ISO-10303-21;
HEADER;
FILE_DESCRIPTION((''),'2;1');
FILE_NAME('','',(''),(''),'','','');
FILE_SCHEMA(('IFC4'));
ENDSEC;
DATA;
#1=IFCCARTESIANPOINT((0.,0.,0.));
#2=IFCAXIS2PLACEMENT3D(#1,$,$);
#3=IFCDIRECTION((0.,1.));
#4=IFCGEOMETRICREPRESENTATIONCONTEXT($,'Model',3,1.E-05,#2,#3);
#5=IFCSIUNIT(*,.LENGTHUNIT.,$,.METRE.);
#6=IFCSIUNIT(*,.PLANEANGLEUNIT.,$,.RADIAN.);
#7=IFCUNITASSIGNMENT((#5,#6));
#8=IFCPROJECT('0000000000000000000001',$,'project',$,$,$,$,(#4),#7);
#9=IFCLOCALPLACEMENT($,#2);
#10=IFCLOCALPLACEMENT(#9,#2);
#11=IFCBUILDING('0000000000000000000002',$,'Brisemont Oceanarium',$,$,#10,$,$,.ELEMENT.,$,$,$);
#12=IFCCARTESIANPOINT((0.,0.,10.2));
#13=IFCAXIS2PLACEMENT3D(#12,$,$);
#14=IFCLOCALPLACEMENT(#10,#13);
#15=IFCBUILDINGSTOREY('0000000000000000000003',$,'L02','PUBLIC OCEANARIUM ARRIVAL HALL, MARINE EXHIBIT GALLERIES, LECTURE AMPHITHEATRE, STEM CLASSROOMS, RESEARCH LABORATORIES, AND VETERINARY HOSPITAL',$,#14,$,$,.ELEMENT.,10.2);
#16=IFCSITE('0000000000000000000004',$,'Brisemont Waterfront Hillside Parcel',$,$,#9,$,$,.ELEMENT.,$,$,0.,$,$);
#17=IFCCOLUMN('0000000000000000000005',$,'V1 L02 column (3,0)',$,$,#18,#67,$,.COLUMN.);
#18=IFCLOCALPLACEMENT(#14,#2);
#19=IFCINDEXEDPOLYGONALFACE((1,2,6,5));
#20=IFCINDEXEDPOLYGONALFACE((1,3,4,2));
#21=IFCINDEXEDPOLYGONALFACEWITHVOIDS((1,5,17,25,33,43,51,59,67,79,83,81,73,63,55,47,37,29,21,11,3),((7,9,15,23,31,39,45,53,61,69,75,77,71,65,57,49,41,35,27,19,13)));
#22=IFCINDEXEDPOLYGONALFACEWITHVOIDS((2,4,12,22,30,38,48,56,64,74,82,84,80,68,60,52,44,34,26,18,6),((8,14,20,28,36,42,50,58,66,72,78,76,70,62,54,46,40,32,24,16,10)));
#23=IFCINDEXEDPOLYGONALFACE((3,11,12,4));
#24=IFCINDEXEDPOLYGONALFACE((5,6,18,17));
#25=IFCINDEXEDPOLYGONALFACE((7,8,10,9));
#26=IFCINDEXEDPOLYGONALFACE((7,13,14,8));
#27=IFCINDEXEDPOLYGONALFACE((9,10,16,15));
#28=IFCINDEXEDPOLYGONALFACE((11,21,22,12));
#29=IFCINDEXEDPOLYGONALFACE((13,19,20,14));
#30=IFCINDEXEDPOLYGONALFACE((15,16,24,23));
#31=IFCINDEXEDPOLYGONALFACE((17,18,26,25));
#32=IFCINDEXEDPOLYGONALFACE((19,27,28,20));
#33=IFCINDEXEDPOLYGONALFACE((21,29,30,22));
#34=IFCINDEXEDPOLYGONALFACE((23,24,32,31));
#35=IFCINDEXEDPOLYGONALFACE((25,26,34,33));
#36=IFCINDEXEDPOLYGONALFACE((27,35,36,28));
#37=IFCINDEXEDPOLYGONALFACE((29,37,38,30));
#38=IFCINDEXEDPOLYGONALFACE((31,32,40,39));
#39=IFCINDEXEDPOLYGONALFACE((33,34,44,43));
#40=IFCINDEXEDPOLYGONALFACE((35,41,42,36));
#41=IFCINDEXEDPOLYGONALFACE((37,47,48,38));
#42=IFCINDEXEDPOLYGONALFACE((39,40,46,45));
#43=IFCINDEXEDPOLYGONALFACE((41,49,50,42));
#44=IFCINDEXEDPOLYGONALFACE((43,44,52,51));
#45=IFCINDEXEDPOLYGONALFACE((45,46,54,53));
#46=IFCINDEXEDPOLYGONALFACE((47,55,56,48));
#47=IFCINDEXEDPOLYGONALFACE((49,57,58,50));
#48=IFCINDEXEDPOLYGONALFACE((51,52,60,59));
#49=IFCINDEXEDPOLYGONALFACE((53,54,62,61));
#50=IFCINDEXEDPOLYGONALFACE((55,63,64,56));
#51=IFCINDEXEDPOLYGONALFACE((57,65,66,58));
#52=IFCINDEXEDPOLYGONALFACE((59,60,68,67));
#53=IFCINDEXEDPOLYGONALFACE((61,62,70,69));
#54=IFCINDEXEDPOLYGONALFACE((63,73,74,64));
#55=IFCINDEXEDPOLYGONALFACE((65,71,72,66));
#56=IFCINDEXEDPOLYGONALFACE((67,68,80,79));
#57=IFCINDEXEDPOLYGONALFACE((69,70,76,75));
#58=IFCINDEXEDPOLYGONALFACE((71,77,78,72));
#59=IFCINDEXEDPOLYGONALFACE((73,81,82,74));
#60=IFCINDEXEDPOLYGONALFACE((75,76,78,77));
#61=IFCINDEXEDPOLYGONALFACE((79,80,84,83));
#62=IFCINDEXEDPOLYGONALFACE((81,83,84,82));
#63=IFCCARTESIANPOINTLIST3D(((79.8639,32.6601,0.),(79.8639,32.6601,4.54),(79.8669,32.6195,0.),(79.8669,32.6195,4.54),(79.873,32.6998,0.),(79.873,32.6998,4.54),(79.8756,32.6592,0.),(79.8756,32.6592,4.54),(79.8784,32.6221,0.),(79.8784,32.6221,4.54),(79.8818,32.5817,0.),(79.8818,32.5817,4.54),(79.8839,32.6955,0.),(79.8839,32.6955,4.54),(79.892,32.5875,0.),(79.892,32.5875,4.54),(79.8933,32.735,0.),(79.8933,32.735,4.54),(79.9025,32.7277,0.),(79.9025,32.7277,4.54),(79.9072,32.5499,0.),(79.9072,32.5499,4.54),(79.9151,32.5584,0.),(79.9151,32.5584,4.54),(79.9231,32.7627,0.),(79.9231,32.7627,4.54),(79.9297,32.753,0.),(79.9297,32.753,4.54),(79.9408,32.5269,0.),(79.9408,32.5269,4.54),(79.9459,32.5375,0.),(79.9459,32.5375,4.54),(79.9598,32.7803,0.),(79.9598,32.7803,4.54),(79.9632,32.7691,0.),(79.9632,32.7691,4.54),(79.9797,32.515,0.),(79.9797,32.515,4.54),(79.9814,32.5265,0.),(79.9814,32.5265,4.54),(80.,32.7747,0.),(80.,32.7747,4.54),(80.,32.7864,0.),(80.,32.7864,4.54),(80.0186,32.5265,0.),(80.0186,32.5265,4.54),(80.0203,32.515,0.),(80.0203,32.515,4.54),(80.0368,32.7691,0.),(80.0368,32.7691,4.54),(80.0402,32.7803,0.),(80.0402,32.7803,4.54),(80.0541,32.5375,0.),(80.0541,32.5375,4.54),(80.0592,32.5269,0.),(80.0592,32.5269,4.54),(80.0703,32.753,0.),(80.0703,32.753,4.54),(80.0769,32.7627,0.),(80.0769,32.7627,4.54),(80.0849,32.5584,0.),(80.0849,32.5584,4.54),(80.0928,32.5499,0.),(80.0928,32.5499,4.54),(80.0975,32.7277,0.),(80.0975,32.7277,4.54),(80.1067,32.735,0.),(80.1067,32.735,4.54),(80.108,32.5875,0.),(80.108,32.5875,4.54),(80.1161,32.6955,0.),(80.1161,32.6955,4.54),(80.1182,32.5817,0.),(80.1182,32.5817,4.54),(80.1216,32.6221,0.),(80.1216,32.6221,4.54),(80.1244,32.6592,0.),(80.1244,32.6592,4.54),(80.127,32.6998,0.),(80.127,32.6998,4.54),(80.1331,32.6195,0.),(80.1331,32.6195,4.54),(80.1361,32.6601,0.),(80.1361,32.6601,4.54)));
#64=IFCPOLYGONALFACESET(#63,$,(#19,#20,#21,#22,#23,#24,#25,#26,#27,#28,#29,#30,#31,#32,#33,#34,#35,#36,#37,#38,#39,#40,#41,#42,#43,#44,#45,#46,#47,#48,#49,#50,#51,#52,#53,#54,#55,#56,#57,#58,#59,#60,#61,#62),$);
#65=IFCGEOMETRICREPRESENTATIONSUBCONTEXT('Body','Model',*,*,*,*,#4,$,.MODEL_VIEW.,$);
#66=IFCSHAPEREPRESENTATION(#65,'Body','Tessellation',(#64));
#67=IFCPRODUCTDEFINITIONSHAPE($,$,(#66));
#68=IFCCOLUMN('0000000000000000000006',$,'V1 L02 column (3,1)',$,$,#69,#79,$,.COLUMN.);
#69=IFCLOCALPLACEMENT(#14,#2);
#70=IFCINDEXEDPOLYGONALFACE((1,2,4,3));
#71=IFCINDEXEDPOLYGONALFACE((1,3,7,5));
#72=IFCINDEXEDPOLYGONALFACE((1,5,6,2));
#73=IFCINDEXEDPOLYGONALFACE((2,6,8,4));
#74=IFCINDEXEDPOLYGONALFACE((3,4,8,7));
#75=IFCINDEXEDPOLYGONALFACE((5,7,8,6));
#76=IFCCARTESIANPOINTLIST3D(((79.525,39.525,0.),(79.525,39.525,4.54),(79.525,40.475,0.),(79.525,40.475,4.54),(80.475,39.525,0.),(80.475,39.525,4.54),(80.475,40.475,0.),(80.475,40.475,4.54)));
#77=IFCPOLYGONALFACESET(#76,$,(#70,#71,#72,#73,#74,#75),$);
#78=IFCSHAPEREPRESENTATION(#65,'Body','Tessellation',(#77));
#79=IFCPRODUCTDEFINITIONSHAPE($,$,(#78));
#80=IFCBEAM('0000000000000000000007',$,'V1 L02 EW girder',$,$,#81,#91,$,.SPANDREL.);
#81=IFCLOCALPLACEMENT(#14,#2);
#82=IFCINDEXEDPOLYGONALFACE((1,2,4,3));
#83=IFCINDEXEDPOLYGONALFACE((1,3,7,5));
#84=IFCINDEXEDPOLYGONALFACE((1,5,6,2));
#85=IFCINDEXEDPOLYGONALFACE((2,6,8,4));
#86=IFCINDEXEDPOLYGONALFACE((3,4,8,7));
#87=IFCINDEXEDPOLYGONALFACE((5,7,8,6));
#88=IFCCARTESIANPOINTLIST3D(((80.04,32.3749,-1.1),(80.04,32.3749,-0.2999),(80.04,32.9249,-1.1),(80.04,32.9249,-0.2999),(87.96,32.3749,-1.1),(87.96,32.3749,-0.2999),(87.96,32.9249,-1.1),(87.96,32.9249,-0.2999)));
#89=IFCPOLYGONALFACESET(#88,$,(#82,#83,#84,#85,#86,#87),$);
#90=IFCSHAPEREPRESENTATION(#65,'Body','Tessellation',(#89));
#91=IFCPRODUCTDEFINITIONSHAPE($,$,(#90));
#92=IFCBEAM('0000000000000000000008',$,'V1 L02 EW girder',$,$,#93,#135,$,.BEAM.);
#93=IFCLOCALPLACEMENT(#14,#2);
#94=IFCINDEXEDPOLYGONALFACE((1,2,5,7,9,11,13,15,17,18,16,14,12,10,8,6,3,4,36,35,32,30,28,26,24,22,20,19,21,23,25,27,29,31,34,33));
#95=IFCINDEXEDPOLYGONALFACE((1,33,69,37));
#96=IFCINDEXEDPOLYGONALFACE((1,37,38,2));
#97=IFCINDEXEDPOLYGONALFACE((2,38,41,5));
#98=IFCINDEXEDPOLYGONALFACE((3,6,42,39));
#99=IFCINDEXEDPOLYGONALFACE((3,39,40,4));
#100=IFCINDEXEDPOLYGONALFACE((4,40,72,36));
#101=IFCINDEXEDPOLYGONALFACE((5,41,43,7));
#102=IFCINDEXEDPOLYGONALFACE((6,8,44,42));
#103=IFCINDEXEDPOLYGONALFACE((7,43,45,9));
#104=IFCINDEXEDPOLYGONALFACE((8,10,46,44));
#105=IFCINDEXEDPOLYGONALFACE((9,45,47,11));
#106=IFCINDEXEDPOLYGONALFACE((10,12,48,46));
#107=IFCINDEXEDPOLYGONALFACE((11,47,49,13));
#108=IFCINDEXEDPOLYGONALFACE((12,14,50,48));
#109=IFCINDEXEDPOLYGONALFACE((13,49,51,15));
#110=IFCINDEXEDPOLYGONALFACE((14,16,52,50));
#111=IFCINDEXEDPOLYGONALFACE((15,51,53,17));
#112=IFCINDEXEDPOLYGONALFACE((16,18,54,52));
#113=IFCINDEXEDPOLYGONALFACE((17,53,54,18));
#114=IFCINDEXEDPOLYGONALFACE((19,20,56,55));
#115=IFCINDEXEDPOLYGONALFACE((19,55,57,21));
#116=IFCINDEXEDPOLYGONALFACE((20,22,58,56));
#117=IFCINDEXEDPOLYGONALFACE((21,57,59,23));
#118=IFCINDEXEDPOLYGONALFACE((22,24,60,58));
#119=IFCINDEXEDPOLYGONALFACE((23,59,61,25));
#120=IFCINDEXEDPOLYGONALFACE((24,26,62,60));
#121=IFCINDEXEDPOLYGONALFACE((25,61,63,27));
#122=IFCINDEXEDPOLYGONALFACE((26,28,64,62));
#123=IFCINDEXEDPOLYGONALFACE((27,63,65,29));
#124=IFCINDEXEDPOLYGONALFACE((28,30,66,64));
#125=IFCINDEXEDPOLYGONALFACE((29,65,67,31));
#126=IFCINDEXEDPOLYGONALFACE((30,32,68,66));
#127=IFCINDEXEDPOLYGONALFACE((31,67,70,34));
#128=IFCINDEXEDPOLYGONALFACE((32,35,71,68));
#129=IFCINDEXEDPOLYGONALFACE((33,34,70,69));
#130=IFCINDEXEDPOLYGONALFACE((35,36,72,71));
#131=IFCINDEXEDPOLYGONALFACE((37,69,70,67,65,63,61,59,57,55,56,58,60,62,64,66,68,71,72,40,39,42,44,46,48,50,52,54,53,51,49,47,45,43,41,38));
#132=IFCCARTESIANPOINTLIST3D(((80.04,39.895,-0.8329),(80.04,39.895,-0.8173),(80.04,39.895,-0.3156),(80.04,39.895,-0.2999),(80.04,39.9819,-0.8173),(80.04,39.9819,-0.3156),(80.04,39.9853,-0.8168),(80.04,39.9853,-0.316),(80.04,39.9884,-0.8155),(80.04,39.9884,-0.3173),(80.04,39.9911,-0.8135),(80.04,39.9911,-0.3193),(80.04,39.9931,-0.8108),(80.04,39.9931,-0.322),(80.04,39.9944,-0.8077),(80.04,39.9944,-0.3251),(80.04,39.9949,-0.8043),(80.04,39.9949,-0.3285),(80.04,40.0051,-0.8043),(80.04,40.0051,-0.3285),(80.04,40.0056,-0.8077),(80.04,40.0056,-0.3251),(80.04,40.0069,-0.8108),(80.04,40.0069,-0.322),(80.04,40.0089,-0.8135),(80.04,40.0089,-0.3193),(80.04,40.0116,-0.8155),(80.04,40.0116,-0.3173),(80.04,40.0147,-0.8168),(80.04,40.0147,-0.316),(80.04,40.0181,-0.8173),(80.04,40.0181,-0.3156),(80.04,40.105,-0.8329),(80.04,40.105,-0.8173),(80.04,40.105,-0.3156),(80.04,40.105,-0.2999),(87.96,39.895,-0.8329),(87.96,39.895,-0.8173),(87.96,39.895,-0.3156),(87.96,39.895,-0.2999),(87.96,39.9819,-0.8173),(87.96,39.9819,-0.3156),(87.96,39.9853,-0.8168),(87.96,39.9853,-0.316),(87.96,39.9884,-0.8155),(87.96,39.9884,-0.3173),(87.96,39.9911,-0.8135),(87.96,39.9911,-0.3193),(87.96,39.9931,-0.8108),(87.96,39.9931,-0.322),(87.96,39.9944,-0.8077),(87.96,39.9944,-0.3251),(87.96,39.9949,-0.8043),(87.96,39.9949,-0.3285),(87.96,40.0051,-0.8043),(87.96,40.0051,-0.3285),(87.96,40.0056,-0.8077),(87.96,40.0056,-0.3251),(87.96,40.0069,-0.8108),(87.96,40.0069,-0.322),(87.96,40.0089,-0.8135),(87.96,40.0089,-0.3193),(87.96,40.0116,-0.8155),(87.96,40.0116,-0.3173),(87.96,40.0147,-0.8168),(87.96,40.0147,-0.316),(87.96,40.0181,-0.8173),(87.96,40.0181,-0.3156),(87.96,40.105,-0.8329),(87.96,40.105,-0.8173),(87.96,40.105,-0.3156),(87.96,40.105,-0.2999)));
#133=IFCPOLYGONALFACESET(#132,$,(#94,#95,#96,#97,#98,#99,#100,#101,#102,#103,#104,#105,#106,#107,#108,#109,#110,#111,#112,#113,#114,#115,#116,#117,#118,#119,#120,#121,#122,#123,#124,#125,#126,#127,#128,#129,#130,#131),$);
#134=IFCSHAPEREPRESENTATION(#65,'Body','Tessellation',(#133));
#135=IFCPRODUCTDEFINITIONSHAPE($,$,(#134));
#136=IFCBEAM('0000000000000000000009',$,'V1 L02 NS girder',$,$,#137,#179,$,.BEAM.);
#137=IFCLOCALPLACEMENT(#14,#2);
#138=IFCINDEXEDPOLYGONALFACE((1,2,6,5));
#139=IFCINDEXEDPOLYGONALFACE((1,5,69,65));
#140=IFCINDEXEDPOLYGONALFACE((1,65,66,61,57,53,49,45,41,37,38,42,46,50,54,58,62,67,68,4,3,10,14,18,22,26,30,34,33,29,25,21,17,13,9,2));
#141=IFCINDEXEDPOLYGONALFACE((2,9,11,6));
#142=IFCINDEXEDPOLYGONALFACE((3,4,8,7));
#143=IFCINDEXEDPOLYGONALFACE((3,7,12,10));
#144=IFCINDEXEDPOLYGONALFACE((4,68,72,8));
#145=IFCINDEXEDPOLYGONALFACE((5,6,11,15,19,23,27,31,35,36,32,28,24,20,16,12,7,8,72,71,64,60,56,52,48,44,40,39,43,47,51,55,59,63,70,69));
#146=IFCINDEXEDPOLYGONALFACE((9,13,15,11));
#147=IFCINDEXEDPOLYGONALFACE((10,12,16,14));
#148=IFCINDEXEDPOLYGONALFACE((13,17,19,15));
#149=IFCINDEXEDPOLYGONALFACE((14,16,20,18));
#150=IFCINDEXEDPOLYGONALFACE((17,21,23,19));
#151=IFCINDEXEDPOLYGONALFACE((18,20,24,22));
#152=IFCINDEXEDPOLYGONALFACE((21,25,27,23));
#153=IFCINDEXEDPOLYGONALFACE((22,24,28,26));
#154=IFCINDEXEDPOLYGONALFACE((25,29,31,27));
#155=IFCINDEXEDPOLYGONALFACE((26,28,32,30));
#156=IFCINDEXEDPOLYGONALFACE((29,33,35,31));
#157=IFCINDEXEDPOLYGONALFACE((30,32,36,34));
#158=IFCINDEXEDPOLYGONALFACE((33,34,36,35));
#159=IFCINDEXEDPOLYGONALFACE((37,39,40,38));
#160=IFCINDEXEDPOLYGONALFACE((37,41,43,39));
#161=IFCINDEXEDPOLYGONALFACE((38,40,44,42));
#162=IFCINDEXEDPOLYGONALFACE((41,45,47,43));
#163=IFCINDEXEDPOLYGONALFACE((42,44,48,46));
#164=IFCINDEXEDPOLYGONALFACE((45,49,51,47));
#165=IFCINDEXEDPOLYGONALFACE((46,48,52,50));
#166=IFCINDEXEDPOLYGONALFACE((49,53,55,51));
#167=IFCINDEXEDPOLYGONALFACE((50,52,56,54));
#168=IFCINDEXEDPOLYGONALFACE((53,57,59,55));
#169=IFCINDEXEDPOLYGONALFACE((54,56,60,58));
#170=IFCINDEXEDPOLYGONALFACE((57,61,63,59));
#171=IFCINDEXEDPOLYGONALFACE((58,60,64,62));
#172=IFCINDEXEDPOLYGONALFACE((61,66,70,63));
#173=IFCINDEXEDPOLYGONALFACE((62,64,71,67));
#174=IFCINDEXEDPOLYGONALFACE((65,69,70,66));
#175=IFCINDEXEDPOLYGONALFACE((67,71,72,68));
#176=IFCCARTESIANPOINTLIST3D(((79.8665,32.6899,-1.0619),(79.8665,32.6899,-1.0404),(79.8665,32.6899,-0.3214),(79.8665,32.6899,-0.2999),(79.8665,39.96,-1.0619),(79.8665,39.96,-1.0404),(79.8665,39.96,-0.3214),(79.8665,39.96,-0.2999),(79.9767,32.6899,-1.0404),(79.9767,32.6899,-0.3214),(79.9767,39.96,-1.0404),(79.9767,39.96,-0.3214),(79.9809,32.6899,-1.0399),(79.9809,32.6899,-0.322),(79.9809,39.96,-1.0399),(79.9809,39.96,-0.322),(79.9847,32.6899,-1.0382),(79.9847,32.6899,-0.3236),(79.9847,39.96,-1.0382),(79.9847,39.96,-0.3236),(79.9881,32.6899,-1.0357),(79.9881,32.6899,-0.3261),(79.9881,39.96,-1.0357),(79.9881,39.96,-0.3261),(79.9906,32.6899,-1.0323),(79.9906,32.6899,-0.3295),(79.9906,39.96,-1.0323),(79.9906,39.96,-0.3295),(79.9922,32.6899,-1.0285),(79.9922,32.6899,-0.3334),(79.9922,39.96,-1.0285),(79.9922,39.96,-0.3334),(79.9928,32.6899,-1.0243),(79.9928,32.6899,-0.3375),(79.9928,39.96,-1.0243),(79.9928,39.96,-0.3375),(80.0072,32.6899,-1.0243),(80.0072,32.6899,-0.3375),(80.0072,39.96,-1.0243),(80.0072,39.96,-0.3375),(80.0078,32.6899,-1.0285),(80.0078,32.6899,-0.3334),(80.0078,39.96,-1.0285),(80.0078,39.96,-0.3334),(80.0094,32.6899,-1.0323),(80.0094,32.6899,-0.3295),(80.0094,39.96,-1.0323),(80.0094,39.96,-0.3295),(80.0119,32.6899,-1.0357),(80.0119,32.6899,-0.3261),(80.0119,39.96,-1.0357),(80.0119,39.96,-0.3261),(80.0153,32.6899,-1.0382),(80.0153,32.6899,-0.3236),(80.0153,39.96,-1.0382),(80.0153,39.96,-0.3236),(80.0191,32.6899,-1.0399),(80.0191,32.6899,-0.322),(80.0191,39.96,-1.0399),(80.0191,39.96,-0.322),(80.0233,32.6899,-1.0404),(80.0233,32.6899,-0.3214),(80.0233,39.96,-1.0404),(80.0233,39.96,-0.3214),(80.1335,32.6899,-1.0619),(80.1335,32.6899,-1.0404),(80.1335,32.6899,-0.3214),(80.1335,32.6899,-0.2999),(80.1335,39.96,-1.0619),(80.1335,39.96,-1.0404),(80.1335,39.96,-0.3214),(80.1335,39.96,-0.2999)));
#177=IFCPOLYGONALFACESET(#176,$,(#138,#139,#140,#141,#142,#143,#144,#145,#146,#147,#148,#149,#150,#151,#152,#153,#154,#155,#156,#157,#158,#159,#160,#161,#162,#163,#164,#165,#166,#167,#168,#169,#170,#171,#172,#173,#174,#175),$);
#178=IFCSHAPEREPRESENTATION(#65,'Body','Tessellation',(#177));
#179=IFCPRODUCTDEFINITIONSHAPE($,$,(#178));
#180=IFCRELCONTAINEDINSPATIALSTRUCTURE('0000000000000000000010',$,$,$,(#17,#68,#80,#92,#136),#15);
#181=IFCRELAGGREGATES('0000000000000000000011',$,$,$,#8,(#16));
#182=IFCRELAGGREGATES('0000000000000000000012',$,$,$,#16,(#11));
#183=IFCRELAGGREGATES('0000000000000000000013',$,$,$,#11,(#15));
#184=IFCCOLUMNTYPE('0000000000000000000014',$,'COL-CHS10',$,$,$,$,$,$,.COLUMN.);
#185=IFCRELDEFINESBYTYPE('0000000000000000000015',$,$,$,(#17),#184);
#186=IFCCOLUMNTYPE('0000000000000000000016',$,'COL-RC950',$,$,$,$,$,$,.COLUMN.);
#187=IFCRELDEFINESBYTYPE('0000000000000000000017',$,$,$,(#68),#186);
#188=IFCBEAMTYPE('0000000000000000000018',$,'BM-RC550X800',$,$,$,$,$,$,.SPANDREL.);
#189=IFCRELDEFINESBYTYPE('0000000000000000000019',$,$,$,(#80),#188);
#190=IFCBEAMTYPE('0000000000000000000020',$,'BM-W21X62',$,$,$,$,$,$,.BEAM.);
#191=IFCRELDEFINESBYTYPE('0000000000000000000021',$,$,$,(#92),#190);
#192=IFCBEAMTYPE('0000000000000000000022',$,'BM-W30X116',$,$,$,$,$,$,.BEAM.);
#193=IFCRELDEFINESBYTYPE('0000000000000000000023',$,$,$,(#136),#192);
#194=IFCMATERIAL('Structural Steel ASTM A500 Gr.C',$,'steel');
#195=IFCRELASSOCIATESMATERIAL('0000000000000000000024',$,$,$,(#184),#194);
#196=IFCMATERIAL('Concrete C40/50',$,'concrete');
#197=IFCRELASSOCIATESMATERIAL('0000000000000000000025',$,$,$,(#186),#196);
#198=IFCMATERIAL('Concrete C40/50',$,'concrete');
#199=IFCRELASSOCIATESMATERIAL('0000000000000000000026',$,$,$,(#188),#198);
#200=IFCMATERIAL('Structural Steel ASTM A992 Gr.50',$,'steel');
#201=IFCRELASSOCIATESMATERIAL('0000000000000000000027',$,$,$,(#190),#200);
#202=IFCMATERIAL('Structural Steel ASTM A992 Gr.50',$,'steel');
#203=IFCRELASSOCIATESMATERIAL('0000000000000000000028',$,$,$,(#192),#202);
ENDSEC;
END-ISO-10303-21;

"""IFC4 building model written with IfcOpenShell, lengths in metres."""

from ifc_helpers import new_model, si_unit, direction, frame, origin, origin_2d, place, context, subcontext, project, spatial, rectangle, hollow_circle, i_section, extrude, material, material_profile, profile_set, type_object, element, save


model = new_model("IFC4")

# Units and contexts
model_context = context("Model", 3, precision=1e-05, world=origin(), true_north=direction((0.0, 1.0)))
body_context = subcontext(model_context, "Body", "Model", "MODEL_VIEW")
ifc_project = project(units=[si_unit("LENGTHUNIT", "METRE"), si_unit("PLANEANGLEUNIT", "RADIAN")], contexts=[model_context])

# Site, building, storey
site_placement = place(None, origin())
site = spatial("IfcSite", under=ifc_project, at=site_placement, Name="Brisemont Waterfront Hillside Parcel", CompositionType="ELEMENT", RefElevation=0.0)
building_placement = place(site_placement, origin())
building = spatial("IfcBuilding", under=site, at=building_placement, Name="Brisemont Oceanarium", CompositionType="ELEMENT")
storey_placement = place(building_placement, frame((0.0, 0.0, 10.2)))
storey = spatial("IfcBuildingStorey", under=building, at=storey_placement, Name="L02", Description="PUBLIC OCEANARIUM ARRIVAL HALL, MARINE EXHIBIT GALLERIES, LECTURE AMPHITHEATRE, STEM CLASSROOMS, RESEARCH LABORATORIES, AND VETERINARY HOSPITAL", CompositionType="ELEMENT", Elevation=10.2)

# Columns
ifc_material_1 = material(Name="Structural Steel ASTM A500 Gr.C", Category="steel")
ifc_material_profile_1 = material_profile(ifc_material_1, hollow_circle(Radius=0.1365, WallThickness=0.0117, at=origin_2d()), Name="HSS10.750X0.500")
ifc_profile_set_1 = profile_set([ifc_material_profile_1], Name="Structural Steel ASTM A500 Gr.C")
column_type_1 = type_object("IfcColumnType", Name="COL-CHS10", PredefinedType="COLUMN", material=ifc_profile_set_1)
column_1_placement = place(storey_placement, frame((80.0, 32.6499, 0.0), z_axis=(0.0, 0.0, 1.0), x_axis=(0.0, 1.0, 0.0)))
element("IfcColumn", 1, at=column_1_placement, inside=storey, type_object=column_type_1, Name="V1 L02 column (3,0)", PredefinedType="COLUMN", context=body_context, shape_type="SweptSolid", body=[
    extrude(hollow_circle(Radius=0.1365, WallThickness=0.0117, at=origin_2d()), origin(), (0.0, 0.0, 1.0), 4.54),
])
ifc_material_2 = material(Name="Concrete C40/50", Category="concrete")
ifc_material_profile_2 = material_profile(ifc_material_2, rectangle(XDim=0.95, YDim=0.95, at=origin_2d()), Name="RC-COL-950X950")
ifc_profile_set_2 = profile_set([ifc_material_profile_2], Name="Concrete C40/50")
column_type_2 = type_object("IfcColumnType", Name="COL-RC950", PredefinedType="COLUMN", material=ifc_profile_set_2)
column_2_placement = place(storey_placement, frame((80.0, 40.0, 0.0), z_axis=(0.0, 0.0, 1.0), x_axis=(1.0, 0.0, 0.0)))
element("IfcColumn", 2, at=column_2_placement, inside=storey, type_object=column_type_2, Name="V1 L02 column (3,1)", PredefinedType="COLUMN", context=body_context, shape_type="SweptSolid", body=[
    extrude(rectangle(XDim=0.95, YDim=0.95, at=origin_2d()), origin(), (0.0, 0.0, 1.0), 4.54),
])

# Beams
ifc_material_3 = material(Name="Concrete C40/50", Category="concrete")
ifc_material_profile_3 = material_profile(ifc_material_3, rectangle(XDim=0.55, YDim=0.8, at=origin_2d()), Name="RC-BM-550X800")
ifc_profile_set_3 = profile_set([ifc_material_profile_3], Name="Concrete C40/50")
beam_type_1 = type_object("IfcBeamType", Name="BM-RC550X800", PredefinedType="SPANDREL", material=ifc_profile_set_3)
beam_1_placement = place(storey_placement, frame((80.04, 32.6499, -0.7), z_axis=(1.0, 0.0, 0.0), x_axis=(0.0, 1.0, 0.0)))
element("IfcBeam", 3, at=beam_1_placement, inside=storey, type_object=beam_type_1, Name="V1 L02 EW girder", PredefinedType="SPANDREL", context=body_context, shape_type="SweptSolid", body=[
    extrude(rectangle(XDim=0.55, YDim=0.8, at=origin_2d()), origin(), (0.0, 0.0, 1.0), 7.9199),
])
ifc_material_4 = material(Name="Structural Steel ASTM A992 Gr.50", Category="steel")
ifc_material_profile_4 = material_profile(ifc_material_4, i_section(OverallWidth=0.21, OverallDepth=0.533, WebThickness=0.0103, FlangeThickness=0.0156, FilletRadius=0.0129, at=origin_2d()), Name="W21X62")
ifc_profile_set_4 = profile_set([ifc_material_profile_4], Name="Structural Steel ASTM A992 Gr.50")
beam_type_2 = type_object("IfcBeamType", Name="BM-W21X62", PredefinedType="BEAM", material=ifc_profile_set_4)
beam_2_placement = place(storey_placement, frame((80.04, 40.0, -0.5664), z_axis=(1.0, 0.0, 0.0), x_axis=(0.0, 1.0, 0.0)))
element("IfcBeam", 4, at=beam_2_placement, inside=storey, type_object=beam_type_2, Name="V1 L02 EW girder", PredefinedType="BEAM", context=body_context, shape_type="SweptSolid", body=[
    extrude(i_section(OverallWidth=0.21, OverallDepth=0.533, WebThickness=0.0103, FlangeThickness=0.0156, FilletRadius=0.0129, at=origin_2d()), origin(), (0.0, 0.0, 1.0), 7.9199),
])
ifc_material_5 = material(Name="Structural Steel ASTM A992 Gr.50", Category="steel")
ifc_material_profile_5 = material_profile(ifc_material_5, i_section(OverallWidth=0.2671, OverallDepth=0.762, WebThickness=0.0144, FlangeThickness=0.0215, FilletRadius=0.0161, at=origin_2d()), Name="W30X116")
ifc_profile_set_5 = profile_set([ifc_material_profile_5], Name="Structural Steel ASTM A992 Gr.50")
beam_type_3 = type_object("IfcBeamType", Name="BM-W30X116", PredefinedType="BEAM", material=ifc_profile_set_5)
beam_3_placement = place(storey_placement, frame((80.0, 32.6899, -0.6809), z_axis=(0.0, 1.0, 0.0), x_axis=(-1.0, 0.0, 0.0)))
element("IfcBeam", 5, at=beam_3_placement, inside=storey, type_object=beam_type_3, Name="V1 L02 NS girder", PredefinedType="BEAM", context=body_context, shape_type="SweptSolid", body=[
    extrude(i_section(OverallWidth=0.2671, OverallDepth=0.762, WebThickness=0.0144, FlangeThickness=0.0215, FilletRadius=0.0161, at=origin_2d()), origin(), (0.0, 0.0, 1.0), 7.27),
])

save(model, "model.ifc")
